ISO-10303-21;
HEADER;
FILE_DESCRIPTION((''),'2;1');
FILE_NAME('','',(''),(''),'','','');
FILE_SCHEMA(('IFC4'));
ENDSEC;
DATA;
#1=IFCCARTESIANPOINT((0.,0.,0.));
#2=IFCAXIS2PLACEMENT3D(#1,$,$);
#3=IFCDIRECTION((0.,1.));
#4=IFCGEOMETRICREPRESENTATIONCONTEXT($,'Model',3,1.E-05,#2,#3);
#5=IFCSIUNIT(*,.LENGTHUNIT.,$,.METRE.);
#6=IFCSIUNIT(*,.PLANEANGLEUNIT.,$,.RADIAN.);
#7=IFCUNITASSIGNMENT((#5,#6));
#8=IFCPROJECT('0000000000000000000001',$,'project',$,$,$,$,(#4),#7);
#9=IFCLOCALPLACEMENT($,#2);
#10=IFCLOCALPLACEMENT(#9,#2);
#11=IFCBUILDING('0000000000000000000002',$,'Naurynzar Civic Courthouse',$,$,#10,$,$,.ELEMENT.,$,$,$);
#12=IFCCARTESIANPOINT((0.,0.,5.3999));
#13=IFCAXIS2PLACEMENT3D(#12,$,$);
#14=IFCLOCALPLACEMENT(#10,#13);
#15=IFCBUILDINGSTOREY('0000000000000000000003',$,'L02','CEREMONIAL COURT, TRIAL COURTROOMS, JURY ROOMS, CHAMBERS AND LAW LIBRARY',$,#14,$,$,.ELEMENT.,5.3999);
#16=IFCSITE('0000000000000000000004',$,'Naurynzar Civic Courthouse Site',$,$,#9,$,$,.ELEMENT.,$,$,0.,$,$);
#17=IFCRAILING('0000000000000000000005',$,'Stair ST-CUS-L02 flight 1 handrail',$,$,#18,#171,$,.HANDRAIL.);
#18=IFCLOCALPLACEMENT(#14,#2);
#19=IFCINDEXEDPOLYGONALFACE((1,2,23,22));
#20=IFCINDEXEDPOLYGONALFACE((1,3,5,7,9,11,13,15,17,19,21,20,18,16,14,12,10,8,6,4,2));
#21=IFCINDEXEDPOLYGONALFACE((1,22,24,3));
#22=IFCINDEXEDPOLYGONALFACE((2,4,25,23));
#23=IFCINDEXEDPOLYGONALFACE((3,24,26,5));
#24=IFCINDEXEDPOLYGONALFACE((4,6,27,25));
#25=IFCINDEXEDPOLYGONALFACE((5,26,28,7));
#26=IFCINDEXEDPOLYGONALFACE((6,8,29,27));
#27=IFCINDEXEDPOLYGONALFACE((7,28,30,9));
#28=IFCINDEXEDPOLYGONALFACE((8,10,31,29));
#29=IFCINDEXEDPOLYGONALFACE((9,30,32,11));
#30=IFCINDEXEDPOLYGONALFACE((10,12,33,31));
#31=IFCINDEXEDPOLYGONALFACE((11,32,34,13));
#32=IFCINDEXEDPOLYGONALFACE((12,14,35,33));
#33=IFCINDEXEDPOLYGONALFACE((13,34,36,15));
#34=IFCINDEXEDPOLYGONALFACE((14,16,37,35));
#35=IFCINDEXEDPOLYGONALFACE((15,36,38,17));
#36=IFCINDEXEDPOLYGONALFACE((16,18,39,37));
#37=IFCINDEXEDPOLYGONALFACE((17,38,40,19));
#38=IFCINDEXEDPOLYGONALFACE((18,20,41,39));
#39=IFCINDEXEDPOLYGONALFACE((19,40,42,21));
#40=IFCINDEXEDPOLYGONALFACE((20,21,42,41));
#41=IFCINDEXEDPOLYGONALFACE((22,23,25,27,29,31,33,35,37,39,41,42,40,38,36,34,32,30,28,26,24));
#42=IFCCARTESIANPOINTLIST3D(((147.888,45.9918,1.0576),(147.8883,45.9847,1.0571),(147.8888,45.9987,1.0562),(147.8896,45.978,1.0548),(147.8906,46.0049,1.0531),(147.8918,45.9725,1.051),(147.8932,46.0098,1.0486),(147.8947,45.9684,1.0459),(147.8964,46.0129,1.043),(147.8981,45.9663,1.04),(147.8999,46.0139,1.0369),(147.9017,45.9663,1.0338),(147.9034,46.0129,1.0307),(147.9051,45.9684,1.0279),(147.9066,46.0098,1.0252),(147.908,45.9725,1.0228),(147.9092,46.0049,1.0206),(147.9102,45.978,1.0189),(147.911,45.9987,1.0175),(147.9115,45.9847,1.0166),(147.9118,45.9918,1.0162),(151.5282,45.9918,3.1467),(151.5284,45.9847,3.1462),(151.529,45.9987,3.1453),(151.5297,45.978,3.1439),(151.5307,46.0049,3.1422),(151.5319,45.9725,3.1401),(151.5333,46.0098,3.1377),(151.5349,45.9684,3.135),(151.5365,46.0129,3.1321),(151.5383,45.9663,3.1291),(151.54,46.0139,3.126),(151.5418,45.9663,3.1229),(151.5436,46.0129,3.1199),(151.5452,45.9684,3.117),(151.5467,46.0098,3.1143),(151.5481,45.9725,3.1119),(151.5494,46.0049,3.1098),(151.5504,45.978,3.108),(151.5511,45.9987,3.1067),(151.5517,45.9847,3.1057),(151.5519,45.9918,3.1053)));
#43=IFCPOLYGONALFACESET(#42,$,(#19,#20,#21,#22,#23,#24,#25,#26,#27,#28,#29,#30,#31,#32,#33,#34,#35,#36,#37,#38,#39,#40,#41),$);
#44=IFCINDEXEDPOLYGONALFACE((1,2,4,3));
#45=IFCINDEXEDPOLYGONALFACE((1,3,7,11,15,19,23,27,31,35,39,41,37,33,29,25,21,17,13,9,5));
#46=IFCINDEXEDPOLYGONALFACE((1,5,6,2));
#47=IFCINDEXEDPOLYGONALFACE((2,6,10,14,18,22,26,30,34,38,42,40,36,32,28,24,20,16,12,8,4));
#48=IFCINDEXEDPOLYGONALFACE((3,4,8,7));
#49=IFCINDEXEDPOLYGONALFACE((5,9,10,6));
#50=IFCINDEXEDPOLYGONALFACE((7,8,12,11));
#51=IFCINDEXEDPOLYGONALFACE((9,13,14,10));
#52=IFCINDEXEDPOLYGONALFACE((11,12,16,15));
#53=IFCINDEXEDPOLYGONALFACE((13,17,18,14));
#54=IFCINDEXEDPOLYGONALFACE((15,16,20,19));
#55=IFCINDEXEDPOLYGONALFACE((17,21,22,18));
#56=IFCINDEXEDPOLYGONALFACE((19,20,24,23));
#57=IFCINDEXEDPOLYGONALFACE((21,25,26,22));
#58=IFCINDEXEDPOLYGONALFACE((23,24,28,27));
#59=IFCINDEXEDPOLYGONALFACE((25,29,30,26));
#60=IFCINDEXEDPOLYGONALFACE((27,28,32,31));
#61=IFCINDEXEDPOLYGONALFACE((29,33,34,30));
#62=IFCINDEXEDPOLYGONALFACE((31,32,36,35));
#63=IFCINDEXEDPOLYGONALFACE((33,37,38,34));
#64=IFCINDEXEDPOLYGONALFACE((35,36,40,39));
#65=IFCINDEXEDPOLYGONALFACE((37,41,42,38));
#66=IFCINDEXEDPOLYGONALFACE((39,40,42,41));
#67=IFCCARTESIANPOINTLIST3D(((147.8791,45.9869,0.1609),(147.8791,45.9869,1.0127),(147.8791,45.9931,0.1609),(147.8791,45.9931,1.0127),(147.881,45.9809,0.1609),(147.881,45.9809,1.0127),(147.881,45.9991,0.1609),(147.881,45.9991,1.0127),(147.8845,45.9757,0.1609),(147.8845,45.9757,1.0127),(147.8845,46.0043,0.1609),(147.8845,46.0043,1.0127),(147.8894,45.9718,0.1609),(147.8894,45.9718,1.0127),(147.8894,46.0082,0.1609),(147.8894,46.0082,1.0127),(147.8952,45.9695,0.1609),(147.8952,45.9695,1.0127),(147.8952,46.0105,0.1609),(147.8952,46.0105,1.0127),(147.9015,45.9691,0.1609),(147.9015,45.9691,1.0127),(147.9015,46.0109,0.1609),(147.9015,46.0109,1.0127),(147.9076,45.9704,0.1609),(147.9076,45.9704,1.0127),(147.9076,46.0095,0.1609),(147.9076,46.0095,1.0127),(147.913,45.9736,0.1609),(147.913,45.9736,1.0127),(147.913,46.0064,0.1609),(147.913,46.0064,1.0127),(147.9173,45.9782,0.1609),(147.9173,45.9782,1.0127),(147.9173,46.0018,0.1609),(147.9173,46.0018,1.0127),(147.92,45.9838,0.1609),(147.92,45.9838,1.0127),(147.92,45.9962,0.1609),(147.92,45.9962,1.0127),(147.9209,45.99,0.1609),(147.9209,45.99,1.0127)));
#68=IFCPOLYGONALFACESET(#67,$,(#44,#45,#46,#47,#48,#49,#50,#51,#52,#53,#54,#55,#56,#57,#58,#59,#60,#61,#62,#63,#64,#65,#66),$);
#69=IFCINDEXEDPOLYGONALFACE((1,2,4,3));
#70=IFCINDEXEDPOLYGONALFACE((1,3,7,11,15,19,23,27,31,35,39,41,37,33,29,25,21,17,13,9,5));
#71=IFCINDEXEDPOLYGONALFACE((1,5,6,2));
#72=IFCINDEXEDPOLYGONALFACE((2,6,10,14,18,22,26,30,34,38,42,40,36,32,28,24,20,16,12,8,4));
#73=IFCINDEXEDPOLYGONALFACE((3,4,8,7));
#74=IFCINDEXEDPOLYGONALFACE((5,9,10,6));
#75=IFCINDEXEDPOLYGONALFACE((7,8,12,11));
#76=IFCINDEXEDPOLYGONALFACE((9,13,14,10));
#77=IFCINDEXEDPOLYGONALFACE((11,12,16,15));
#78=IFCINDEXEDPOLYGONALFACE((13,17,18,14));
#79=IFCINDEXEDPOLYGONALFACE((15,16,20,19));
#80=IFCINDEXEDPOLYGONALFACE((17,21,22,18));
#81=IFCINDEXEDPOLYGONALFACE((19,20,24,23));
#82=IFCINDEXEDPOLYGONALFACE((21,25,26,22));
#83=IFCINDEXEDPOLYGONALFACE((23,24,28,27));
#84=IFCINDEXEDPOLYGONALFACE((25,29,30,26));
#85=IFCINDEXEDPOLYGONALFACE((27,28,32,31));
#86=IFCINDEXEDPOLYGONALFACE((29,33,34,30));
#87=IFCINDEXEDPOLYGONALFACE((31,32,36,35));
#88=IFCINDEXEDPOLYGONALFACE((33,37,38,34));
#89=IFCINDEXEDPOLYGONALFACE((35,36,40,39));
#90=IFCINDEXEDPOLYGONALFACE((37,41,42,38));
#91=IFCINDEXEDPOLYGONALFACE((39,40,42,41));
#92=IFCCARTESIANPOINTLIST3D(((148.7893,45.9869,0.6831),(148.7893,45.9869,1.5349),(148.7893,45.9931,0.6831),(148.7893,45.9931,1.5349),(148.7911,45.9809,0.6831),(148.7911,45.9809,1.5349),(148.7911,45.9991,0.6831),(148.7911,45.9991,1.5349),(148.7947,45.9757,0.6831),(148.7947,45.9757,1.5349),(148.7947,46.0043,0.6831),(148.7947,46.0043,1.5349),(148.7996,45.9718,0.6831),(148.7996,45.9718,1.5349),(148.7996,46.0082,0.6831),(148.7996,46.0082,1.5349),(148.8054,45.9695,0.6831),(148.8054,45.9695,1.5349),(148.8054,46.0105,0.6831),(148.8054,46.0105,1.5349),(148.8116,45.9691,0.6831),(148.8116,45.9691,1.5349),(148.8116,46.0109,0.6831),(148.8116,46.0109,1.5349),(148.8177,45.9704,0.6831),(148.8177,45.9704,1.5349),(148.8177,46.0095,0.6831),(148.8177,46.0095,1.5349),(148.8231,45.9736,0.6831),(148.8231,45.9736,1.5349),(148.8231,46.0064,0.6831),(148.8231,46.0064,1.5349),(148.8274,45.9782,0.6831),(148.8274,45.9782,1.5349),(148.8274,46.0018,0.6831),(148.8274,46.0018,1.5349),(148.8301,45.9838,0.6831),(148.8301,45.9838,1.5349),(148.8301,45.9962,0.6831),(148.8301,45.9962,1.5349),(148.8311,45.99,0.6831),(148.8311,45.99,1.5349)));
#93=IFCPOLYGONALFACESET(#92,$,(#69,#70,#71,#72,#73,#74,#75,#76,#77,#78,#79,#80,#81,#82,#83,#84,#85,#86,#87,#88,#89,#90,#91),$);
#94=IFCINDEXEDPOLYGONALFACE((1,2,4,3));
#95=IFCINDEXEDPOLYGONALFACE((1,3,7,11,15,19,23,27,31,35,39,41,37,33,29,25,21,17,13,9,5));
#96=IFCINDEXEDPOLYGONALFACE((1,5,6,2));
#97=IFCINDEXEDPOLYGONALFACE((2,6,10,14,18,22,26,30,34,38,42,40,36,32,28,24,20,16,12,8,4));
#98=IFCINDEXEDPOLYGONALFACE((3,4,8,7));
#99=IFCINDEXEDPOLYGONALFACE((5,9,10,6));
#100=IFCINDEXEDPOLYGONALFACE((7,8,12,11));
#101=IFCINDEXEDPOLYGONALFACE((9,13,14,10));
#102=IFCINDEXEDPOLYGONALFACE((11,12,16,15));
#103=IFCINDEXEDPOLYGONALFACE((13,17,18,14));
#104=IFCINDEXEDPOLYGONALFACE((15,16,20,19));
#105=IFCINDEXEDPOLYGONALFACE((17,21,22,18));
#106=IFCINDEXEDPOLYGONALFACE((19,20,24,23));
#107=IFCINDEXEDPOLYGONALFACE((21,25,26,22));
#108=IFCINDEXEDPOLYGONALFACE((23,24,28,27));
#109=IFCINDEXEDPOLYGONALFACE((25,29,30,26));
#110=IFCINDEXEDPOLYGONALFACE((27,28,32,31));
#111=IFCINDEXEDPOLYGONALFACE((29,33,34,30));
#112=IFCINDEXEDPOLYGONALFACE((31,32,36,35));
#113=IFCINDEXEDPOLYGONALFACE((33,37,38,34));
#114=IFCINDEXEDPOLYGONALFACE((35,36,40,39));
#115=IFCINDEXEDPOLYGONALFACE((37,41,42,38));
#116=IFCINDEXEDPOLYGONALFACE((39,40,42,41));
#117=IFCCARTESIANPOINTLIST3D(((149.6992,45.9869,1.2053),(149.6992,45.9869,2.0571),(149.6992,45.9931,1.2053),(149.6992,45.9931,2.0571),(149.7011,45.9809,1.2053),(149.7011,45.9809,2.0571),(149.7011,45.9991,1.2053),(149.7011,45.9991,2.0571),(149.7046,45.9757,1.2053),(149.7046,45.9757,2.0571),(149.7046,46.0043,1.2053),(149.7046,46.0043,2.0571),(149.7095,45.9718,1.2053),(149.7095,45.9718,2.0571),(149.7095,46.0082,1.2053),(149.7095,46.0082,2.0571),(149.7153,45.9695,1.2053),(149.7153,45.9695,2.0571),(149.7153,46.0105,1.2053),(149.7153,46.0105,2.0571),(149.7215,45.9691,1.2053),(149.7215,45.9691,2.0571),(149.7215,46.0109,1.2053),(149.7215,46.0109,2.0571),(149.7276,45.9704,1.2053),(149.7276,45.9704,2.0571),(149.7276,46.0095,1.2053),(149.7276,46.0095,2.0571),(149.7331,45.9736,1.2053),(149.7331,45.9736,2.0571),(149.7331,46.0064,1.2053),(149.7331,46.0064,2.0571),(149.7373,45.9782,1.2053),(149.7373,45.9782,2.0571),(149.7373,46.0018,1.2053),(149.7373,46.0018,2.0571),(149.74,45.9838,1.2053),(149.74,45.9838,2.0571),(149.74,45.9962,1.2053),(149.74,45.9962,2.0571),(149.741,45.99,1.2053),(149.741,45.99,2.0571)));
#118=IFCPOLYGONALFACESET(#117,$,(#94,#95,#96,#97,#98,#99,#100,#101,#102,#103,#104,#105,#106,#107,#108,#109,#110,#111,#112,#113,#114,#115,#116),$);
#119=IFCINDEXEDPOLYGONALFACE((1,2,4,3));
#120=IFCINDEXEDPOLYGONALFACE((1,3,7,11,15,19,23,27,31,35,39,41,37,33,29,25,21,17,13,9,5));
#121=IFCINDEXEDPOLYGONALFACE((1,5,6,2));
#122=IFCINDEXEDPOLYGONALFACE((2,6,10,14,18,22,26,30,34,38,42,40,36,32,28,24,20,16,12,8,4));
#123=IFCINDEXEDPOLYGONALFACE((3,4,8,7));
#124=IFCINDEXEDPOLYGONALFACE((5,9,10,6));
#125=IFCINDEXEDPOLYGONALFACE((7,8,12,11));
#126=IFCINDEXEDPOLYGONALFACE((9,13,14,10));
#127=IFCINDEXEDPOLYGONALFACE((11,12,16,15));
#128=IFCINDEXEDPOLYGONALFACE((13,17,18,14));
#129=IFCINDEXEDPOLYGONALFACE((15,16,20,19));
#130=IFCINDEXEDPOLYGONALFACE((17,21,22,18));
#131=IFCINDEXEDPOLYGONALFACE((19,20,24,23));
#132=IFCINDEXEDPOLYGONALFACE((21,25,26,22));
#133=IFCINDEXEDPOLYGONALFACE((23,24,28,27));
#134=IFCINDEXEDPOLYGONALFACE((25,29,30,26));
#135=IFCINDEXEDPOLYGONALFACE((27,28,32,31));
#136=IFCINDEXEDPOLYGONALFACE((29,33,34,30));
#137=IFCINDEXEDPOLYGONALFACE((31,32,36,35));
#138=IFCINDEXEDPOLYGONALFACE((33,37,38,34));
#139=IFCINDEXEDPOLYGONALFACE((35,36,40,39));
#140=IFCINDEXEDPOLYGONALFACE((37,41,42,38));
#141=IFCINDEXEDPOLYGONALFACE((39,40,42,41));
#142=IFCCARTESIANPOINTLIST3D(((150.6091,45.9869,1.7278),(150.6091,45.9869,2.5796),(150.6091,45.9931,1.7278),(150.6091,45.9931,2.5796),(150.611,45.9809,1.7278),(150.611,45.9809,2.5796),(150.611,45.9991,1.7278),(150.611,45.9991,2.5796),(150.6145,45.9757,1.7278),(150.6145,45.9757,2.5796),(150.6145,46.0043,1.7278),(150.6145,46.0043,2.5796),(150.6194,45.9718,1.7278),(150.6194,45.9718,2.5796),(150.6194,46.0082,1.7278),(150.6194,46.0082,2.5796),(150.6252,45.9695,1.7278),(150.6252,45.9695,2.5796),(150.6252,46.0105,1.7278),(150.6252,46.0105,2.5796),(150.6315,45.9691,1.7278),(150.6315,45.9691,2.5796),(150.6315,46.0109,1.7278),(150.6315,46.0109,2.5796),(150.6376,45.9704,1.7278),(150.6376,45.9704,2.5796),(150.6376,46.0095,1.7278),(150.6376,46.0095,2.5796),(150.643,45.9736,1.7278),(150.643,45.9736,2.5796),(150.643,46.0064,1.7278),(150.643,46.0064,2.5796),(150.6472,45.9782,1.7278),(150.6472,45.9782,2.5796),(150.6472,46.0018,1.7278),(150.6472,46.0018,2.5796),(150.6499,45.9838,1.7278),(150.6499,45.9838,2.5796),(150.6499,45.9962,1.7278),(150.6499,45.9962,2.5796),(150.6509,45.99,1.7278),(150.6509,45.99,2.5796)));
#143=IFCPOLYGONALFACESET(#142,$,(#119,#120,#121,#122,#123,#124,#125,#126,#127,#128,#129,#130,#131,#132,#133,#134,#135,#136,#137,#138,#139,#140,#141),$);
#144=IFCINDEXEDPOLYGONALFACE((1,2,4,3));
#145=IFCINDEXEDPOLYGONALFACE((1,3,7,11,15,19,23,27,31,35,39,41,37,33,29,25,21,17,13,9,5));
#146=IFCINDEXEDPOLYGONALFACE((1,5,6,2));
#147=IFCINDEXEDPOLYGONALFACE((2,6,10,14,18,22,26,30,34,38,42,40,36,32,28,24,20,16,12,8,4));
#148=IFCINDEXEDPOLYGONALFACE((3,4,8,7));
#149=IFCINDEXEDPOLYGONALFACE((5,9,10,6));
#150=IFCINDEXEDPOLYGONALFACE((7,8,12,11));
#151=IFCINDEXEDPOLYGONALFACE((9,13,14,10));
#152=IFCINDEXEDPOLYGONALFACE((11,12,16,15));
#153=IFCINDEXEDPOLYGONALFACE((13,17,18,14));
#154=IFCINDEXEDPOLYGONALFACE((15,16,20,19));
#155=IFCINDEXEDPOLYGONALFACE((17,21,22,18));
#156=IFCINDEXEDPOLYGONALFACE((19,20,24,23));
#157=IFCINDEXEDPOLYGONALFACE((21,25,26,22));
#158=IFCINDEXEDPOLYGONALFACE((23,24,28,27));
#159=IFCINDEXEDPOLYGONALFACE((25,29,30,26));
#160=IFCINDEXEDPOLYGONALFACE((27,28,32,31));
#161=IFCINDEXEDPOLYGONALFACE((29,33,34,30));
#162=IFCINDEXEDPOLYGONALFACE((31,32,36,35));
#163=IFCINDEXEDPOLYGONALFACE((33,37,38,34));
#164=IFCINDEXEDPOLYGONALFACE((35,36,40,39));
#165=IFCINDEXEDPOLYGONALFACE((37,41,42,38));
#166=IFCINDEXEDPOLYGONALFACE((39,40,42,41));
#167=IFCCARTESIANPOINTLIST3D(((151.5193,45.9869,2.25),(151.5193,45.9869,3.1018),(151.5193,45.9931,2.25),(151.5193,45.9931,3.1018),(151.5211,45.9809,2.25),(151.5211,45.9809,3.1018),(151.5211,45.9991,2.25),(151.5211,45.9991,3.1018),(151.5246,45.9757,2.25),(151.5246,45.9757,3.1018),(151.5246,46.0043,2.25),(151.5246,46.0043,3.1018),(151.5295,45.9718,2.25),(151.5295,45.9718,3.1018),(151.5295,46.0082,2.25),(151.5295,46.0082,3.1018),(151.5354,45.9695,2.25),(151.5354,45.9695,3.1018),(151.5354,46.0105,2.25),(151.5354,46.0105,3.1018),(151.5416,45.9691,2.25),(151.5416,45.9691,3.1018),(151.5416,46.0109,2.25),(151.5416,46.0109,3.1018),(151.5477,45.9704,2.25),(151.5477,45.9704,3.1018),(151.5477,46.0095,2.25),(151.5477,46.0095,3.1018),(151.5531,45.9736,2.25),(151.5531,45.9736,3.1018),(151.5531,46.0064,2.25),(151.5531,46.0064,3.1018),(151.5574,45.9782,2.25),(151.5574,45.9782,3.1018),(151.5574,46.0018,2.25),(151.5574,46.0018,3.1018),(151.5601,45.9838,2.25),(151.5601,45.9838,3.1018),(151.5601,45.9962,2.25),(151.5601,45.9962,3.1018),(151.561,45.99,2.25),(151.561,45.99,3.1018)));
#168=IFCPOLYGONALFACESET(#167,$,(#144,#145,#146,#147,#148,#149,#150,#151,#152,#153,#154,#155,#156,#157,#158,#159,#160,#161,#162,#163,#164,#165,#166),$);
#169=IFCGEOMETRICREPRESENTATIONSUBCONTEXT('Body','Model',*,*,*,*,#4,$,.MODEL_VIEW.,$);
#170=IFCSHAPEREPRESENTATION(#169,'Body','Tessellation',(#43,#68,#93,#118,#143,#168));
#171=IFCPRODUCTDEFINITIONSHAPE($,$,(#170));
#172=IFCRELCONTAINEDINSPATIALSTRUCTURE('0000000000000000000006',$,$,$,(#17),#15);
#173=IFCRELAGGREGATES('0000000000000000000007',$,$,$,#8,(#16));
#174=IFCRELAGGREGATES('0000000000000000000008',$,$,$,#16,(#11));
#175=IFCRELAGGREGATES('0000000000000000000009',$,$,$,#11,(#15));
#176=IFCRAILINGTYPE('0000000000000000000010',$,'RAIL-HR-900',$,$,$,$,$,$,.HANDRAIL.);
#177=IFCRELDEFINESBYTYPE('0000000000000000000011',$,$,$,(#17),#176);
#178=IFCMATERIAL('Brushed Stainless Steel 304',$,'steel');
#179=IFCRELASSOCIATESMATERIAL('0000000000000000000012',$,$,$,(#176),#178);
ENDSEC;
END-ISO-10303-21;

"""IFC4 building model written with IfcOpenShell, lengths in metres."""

from ifc_helpers import new_model, si_unit, direction, frame, origin, origin_2d, place, context, subcontext, project, spatial, circle, extrude, material, type_object, element, save


model = new_model("IFC4")

# Units and contexts
model_context = context("Model", 3, precision=1e-05, world=origin(), true_north=direction((0.0, 1.0)))
body_context = subcontext(model_context, "Body", "Model", "MODEL_VIEW")
ifc_project = project(units=[si_unit("LENGTHUNIT", "METRE"), si_unit("PLANEANGLEUNIT", "RADIAN")], contexts=[model_context])

# Site, building, storey
site_placement = place(None, origin())
site = spatial("IfcSite", under=ifc_project, at=site_placement, Name="Naurynzar Civic Courthouse Site", CompositionType="ELEMENT", RefElevation=0.0)
building_placement = place(site_placement, origin())
building = spatial("IfcBuilding", under=site, at=building_placement, Name="Naurynzar Civic Courthouse", CompositionType="ELEMENT")
storey_placement = place(building_placement, frame((0.0, 0.0, 5.3999)))
storey = spatial("IfcBuildingStorey", under=building, at=storey_placement, Name="L02", Description="CEREMONIAL COURT, TRIAL COURTROOMS, JURY ROOMS, CHAMBERS AND LAW LIBRARY", CompositionType="ELEMENT", Elevation=5.3999)

# Railing
ifc_material_1 = material(Name="Brushed Stainless Steel 304", Category="steel")
railing_type_1 = type_object("IfcRailingType", Name="RAIL-HR-900", PredefinedType="HANDRAIL", material=ifc_material_1)
railing_1_placement = place(storey_placement, frame((147.8999, 45.99, 0.1609)))
element("IfcRailing", 1, at=railing_1_placement, inside=storey, type_object=railing_type_1, Name="Stair ST-CUS-L02 flight 1 handrail", PredefinedType="HANDRAIL", context=body_context, shape_type="SweptSolid", body=[
    extrude(circle(Radius=0.0239, at=origin_2d()), frame((0.0, 0.0, 0.876), z_axis=(0.867314, 0.0, 0.497761), x_axis=(0.0, 1.0, 0.0)), (0.0, 0.0, 1.0), 4.197),
    extrude(circle(Radius=0.021, at=origin_2d()), origin(), (0.0, 0.0, 1.0), 0.8518),
    extrude(circle(Radius=0.021, at=origin_2d()), frame((0.9102, 0.0, 0.5222)), (0.0, 0.0, 1.0), 0.8518),
    extrude(circle(Radius=0.021, at=origin_2d()), frame((1.8201, 0.0, 1.0444)), (0.0, 0.0, 1.0), 0.8518),
    extrude(circle(Radius=0.021, at=origin_2d()), frame((2.73, 0.0, 1.5669)), (0.0, 0.0, 1.0), 0.8518),
    extrude(circle(Radius=0.021, at=origin_2d()), frame((3.6401, 0.0, 2.0891)), (0.0, 0.0, 1.0), 0.8518),
])

save(model, "model.ifc")
